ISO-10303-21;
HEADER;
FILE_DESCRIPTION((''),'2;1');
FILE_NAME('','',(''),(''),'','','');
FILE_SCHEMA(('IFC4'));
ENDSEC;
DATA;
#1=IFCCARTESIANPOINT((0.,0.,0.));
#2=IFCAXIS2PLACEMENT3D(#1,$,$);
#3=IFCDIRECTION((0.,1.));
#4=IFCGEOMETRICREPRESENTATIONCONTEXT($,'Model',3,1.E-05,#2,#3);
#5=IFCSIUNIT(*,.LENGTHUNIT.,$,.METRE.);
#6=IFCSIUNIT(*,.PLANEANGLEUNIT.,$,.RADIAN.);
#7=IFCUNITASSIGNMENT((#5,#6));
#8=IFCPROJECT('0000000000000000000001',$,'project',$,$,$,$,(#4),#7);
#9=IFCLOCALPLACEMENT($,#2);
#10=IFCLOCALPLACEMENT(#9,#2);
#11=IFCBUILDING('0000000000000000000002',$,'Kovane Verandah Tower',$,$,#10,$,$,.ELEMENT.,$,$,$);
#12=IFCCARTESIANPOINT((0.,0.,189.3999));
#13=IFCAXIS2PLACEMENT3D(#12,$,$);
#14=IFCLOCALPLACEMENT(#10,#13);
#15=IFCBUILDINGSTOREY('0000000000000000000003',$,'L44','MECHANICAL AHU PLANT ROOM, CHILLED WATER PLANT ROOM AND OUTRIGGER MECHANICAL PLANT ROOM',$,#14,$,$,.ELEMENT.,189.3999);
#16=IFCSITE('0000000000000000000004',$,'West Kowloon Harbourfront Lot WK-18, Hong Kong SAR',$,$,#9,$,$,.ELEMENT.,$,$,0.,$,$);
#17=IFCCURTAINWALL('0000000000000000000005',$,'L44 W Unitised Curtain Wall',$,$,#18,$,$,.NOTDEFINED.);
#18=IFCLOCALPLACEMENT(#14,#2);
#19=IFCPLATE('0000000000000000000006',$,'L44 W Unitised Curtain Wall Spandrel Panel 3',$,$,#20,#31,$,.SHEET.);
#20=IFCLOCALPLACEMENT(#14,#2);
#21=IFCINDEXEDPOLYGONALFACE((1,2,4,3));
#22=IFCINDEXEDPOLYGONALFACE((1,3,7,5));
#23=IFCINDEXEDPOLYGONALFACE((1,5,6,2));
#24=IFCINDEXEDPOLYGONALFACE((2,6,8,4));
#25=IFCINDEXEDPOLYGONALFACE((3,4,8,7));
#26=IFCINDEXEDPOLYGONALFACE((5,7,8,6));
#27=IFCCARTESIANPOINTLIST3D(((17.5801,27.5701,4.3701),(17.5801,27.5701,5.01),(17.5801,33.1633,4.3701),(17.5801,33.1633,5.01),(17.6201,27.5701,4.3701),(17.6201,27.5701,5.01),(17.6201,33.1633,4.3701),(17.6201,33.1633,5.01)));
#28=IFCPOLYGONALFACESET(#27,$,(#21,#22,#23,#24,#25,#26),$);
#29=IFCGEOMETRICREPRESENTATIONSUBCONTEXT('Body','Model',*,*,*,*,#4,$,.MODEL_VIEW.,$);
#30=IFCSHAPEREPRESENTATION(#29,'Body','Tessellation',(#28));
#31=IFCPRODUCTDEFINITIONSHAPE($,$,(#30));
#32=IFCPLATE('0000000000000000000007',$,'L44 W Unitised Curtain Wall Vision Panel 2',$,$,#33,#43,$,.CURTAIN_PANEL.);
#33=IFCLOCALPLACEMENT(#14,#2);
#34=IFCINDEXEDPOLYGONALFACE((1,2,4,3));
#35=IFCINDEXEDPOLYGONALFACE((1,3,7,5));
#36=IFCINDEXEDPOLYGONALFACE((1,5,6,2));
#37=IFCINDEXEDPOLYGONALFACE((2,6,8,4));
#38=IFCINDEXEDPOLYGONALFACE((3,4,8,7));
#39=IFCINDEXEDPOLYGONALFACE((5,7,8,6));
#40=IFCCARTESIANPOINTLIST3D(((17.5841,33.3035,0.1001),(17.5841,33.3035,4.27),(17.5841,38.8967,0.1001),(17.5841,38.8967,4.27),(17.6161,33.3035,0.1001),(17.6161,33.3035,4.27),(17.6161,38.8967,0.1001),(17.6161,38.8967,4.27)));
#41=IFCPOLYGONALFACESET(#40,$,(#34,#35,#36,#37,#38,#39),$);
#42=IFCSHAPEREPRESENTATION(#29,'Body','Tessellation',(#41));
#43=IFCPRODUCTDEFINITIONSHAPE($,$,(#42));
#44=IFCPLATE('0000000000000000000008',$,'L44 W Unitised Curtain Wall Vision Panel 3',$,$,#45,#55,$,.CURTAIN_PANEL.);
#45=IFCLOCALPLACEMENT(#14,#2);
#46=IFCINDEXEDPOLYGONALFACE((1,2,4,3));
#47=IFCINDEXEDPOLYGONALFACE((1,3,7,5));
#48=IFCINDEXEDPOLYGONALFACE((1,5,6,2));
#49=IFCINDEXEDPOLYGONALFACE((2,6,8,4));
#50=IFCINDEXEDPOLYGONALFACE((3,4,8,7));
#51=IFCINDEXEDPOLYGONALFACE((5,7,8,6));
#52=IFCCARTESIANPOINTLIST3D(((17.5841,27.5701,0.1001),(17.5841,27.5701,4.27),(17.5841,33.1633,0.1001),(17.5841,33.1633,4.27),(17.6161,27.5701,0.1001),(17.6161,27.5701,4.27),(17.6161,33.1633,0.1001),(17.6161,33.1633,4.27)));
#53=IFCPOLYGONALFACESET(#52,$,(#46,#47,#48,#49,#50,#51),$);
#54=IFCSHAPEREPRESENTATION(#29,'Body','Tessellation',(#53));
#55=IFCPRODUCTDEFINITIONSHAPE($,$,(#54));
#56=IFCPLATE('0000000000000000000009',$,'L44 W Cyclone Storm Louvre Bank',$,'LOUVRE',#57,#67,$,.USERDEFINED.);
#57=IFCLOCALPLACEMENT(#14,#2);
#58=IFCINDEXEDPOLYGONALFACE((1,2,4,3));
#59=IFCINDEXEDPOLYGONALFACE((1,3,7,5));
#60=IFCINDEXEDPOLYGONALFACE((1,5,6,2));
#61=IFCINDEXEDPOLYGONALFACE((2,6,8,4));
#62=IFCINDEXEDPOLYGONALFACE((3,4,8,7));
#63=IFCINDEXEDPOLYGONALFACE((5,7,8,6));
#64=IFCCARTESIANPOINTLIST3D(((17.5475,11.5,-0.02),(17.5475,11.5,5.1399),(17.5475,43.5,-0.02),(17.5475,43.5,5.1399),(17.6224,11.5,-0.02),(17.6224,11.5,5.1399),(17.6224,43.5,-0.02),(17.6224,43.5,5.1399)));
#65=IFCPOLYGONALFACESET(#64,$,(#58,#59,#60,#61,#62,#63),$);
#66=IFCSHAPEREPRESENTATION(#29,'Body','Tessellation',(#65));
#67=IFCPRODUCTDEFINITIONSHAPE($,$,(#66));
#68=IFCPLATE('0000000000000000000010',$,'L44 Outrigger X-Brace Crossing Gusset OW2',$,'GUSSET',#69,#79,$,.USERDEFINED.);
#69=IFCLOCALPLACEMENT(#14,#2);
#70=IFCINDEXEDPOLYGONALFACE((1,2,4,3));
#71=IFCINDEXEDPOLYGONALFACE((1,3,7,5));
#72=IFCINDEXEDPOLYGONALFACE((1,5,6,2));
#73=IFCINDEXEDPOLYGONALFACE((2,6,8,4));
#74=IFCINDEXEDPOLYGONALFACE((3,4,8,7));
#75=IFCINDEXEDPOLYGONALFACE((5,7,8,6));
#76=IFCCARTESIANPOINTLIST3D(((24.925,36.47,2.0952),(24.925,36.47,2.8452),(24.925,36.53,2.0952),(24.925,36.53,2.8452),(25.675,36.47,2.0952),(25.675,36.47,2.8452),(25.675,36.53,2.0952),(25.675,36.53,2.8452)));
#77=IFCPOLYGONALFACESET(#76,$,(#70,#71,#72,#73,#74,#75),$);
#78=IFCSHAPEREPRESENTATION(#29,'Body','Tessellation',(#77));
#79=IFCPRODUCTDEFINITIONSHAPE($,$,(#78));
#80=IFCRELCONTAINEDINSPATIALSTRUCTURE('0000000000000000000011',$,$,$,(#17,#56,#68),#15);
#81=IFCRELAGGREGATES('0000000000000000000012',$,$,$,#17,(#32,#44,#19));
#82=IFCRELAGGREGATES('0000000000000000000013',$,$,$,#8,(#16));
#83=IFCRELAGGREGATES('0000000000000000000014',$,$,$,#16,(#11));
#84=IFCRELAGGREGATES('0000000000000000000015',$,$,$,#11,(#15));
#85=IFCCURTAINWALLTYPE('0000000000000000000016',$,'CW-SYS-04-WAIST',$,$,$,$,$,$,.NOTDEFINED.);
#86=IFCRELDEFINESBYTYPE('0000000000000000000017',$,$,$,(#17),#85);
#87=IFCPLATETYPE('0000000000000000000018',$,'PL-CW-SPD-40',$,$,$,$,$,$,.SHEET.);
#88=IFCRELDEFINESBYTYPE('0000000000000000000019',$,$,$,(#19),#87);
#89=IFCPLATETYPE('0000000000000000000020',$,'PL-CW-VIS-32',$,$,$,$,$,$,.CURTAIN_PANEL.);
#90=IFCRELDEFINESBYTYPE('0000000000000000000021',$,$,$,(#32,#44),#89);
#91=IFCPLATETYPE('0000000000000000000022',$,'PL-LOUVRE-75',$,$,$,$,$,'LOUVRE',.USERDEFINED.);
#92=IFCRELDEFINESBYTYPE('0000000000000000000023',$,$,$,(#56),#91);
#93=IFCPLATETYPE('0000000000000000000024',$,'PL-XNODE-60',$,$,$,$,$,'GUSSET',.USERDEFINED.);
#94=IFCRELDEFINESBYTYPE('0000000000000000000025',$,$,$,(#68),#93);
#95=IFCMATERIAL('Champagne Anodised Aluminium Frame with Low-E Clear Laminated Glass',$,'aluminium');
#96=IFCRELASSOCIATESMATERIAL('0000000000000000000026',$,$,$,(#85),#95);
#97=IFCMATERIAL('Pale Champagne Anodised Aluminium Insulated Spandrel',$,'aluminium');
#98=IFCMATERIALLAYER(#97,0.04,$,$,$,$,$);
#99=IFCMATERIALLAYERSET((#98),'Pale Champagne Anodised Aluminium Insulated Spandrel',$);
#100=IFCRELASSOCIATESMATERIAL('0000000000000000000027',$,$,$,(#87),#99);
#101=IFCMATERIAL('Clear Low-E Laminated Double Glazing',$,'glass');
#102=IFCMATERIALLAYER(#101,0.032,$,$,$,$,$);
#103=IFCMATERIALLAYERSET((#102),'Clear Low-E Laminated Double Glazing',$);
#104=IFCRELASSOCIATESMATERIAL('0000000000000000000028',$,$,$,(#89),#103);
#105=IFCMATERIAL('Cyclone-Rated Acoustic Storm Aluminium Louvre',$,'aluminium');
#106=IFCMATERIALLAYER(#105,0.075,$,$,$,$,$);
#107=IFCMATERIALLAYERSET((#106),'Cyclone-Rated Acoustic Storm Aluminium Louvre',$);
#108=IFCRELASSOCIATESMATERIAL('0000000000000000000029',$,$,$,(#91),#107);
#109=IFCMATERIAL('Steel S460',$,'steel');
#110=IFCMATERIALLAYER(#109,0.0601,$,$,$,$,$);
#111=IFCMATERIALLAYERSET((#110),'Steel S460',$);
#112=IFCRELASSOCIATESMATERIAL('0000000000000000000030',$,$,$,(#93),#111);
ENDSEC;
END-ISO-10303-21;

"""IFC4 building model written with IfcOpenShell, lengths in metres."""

from ifc_helpers import new_model, si_unit, direction, frame, origin, origin_2d, place, context, subcontext, project, spatial, rectangle, extrude, material, layer, layer_set, type_object, element, aggregate, save


model = new_model("IFC4")

# Units and contexts
model_context = context("Model", 3, precision=1e-05, world=origin(), true_north=direction((0.0, 1.0)))
body_context = subcontext(model_context, "Body", "Model", "MODEL_VIEW")
ifc_project = project(units=[si_unit("LENGTHUNIT", "METRE"), si_unit("PLANEANGLEUNIT", "RADIAN")], contexts=[model_context])

# Site, building, storey
site_placement = place(None, origin())
site = spatial("IfcSite", under=ifc_project, at=site_placement, Name="West Kowloon Harbourfront Lot WK-18, Hong Kong SAR", CompositionType="ELEMENT", RefElevation=0.0)
building_placement = place(site_placement, origin())
building = spatial("IfcBuilding", under=site, at=building_placement, Name="Kovane Verandah Tower", CompositionType="ELEMENT")
storey_placement = place(building_placement, frame((0.0, 0.0, 189.3999)))
storey = spatial("IfcBuildingStorey", under=building, at=storey_placement, Name="L44", Description="MECHANICAL AHU PLANT ROOM, CHILLED WATER PLANT ROOM AND OUTRIGGER MECHANICAL PLANT ROOM", CompositionType="ELEMENT", Elevation=189.3999)

# Shared definitions
ifc_material_1 = material(Name="Steel S460", Category="steel")

# Curtain wall
ifc_material_2 = material(Name="Champagne Anodised Aluminium Frame with Low-E Clear Laminated Glass", Category="aluminium")
curtain_wall_type = type_object("IfcCurtainWallType", Name="CW-SYS-04-WAIST", PredefinedType="NOTDEFINED", material=ifc_material_2)
curtain_wall_placement = place(storey_placement, origin())
curtain_wall = element("IfcCurtainWall", 1, at=curtain_wall_placement, inside=storey, type_object=curtain_wall_type, Name="L44 W Unitised Curtain Wall", PredefinedType="NOTDEFINED")

# Plates
ifc_material_3 = material(Name="Pale Champagne Anodised Aluminium Insulated Spandrel", Category="aluminium")
ifc_layer_1 = layer(ifc_material_3, 0.04)
ifc_layer_set_1 = layer_set([ifc_layer_1], Name="Pale Champagne Anodised Aluminium Insulated Spandrel")
plate_type_1 = type_object("IfcPlateType", Name="PL-CW-SPD-40", PredefinedType="SHEET", material=ifc_layer_set_1)
plate_1_placement = place(storey_placement, frame((17.6001, 30.3667, 4.3701), z_axis=(0.0, 0.0, 1.0), x_axis=(0.0, -1.0, 0.0)))
plate_1 = element("IfcPlate", 2, at=plate_1_placement, type_object=plate_type_1, Name="L44 W Unitised Curtain Wall Spandrel Panel 3", PredefinedType="SHEET", context=body_context, shape_type="SweptSolid", body=[
    extrude(rectangle(XDim=5.5933, YDim=0.04, at=origin_2d()), origin(), (0.0, 0.0, 1.0), 0.6399),
])
ifc_material_4 = material(Name="Clear Low-E Laminated Double Glazing", Category="glass")
ifc_layer_2 = layer(ifc_material_4, 0.032)
ifc_layer_set_2 = layer_set([ifc_layer_2], Name="Clear Low-E Laminated Double Glazing")
plate_type_2 = type_object("IfcPlateType", Name="PL-CW-VIS-32", PredefinedType="CURTAIN_PANEL", material=ifc_layer_set_2)
plate_2_placement = place(storey_placement, frame((17.6001, 36.1001, 0.1001), z_axis=(0.0, 0.0, 1.0), x_axis=(0.0, -1.0, 0.0)))
plate_2 = element("IfcPlate", 3, at=plate_2_placement, type_object=plate_type_2, Name="L44 W Unitised Curtain Wall Vision Panel 2", PredefinedType="CURTAIN_PANEL", context=body_context, shape_type="SweptSolid", body=[
    extrude(rectangle(XDim=5.5933, YDim=0.032, at=origin_2d()), origin(), (0.0, 0.0, 1.0), 4.1699),
])
plate_3_placement = place(storey_placement, frame((17.6001, 30.3667, 0.1001), z_axis=(0.0, 0.0, 1.0), x_axis=(0.0, -1.0, 0.0)))
plate_3 = element("IfcPlate", 4, at=plate_3_placement, type_object=plate_type_2, Name="L44 W Unitised Curtain Wall Vision Panel 3", PredefinedType="CURTAIN_PANEL", context=body_context, shape_type="SweptSolid", body=[
    extrude(rectangle(XDim=5.5933, YDim=0.032, at=origin_2d()), origin(), (0.0, 0.0, 1.0), 4.1699),
])
aggregate(curtain_wall, [plate_2, plate_3, plate_1])

# Plates
ifc_material_5 = material(Name="Cyclone-Rated Acoustic Storm Aluminium Louvre", Category="aluminium")
ifc_layer_3 = layer(ifc_material_5, 0.075)
ifc_layer_set_3 = layer_set([ifc_layer_3], Name="Cyclone-Rated Acoustic Storm Aluminium Louvre")
plate_type_3 = type_object("IfcPlateType", Name="PL-LOUVRE-75", ElementType="LOUVRE", PredefinedType="USERDEFINED", material=ifc_layer_set_3)
plate_4_placement = place(storey_placement, frame((17.585, 27.5, -0.02), z_axis=(0.0, 0.0, 1.0), x_axis=(0.0, -1.0, 0.0)))
element("IfcPlate", 5, at=plate_4_placement, inside=storey, type_object=plate_type_3, Name="L44 W Cyclone Storm Louvre Bank", ObjectType="LOUVRE", PredefinedType="USERDEFINED", context=body_context, shape_type="SweptSolid", body=[
    extrude(rectangle(XDim=32.0, YDim=0.075, at=origin_2d()), origin(), (0.0, 0.0, 1.0), 5.1599),
])
ifc_layer_4 = layer(ifc_material_1, 0.0601)
ifc_layer_set_4 = layer_set([ifc_layer_4], Name="Steel S460")
plate_type_4 = type_object("IfcPlateType", Name="PL-XNODE-60", ElementType="GUSSET", PredefinedType="USERDEFINED", material=ifc_layer_set_4)
plate_5_placement = place(storey_placement, frame((25.3, 36.5, 2.0952), z_axis=(0.0, 0.0, 1.0), x_axis=(-1.0, 0.0, 0.0)))
element("IfcPlate", 6, at=plate_5_placement, inside=storey, type_object=plate_type_4, Name="L44 Outrigger X-Brace Crossing Gusset OW2", ObjectType="GUSSET", PredefinedType="USERDEFINED", context=body_context, shape_type="SweptSolid", body=[
    extrude(rectangle(XDim=0.75, YDim=0.0601, at=origin_2d()), origin(), (0.0, 0.0, 1.0), 0.75),
])

save(model, "model.ifc")
